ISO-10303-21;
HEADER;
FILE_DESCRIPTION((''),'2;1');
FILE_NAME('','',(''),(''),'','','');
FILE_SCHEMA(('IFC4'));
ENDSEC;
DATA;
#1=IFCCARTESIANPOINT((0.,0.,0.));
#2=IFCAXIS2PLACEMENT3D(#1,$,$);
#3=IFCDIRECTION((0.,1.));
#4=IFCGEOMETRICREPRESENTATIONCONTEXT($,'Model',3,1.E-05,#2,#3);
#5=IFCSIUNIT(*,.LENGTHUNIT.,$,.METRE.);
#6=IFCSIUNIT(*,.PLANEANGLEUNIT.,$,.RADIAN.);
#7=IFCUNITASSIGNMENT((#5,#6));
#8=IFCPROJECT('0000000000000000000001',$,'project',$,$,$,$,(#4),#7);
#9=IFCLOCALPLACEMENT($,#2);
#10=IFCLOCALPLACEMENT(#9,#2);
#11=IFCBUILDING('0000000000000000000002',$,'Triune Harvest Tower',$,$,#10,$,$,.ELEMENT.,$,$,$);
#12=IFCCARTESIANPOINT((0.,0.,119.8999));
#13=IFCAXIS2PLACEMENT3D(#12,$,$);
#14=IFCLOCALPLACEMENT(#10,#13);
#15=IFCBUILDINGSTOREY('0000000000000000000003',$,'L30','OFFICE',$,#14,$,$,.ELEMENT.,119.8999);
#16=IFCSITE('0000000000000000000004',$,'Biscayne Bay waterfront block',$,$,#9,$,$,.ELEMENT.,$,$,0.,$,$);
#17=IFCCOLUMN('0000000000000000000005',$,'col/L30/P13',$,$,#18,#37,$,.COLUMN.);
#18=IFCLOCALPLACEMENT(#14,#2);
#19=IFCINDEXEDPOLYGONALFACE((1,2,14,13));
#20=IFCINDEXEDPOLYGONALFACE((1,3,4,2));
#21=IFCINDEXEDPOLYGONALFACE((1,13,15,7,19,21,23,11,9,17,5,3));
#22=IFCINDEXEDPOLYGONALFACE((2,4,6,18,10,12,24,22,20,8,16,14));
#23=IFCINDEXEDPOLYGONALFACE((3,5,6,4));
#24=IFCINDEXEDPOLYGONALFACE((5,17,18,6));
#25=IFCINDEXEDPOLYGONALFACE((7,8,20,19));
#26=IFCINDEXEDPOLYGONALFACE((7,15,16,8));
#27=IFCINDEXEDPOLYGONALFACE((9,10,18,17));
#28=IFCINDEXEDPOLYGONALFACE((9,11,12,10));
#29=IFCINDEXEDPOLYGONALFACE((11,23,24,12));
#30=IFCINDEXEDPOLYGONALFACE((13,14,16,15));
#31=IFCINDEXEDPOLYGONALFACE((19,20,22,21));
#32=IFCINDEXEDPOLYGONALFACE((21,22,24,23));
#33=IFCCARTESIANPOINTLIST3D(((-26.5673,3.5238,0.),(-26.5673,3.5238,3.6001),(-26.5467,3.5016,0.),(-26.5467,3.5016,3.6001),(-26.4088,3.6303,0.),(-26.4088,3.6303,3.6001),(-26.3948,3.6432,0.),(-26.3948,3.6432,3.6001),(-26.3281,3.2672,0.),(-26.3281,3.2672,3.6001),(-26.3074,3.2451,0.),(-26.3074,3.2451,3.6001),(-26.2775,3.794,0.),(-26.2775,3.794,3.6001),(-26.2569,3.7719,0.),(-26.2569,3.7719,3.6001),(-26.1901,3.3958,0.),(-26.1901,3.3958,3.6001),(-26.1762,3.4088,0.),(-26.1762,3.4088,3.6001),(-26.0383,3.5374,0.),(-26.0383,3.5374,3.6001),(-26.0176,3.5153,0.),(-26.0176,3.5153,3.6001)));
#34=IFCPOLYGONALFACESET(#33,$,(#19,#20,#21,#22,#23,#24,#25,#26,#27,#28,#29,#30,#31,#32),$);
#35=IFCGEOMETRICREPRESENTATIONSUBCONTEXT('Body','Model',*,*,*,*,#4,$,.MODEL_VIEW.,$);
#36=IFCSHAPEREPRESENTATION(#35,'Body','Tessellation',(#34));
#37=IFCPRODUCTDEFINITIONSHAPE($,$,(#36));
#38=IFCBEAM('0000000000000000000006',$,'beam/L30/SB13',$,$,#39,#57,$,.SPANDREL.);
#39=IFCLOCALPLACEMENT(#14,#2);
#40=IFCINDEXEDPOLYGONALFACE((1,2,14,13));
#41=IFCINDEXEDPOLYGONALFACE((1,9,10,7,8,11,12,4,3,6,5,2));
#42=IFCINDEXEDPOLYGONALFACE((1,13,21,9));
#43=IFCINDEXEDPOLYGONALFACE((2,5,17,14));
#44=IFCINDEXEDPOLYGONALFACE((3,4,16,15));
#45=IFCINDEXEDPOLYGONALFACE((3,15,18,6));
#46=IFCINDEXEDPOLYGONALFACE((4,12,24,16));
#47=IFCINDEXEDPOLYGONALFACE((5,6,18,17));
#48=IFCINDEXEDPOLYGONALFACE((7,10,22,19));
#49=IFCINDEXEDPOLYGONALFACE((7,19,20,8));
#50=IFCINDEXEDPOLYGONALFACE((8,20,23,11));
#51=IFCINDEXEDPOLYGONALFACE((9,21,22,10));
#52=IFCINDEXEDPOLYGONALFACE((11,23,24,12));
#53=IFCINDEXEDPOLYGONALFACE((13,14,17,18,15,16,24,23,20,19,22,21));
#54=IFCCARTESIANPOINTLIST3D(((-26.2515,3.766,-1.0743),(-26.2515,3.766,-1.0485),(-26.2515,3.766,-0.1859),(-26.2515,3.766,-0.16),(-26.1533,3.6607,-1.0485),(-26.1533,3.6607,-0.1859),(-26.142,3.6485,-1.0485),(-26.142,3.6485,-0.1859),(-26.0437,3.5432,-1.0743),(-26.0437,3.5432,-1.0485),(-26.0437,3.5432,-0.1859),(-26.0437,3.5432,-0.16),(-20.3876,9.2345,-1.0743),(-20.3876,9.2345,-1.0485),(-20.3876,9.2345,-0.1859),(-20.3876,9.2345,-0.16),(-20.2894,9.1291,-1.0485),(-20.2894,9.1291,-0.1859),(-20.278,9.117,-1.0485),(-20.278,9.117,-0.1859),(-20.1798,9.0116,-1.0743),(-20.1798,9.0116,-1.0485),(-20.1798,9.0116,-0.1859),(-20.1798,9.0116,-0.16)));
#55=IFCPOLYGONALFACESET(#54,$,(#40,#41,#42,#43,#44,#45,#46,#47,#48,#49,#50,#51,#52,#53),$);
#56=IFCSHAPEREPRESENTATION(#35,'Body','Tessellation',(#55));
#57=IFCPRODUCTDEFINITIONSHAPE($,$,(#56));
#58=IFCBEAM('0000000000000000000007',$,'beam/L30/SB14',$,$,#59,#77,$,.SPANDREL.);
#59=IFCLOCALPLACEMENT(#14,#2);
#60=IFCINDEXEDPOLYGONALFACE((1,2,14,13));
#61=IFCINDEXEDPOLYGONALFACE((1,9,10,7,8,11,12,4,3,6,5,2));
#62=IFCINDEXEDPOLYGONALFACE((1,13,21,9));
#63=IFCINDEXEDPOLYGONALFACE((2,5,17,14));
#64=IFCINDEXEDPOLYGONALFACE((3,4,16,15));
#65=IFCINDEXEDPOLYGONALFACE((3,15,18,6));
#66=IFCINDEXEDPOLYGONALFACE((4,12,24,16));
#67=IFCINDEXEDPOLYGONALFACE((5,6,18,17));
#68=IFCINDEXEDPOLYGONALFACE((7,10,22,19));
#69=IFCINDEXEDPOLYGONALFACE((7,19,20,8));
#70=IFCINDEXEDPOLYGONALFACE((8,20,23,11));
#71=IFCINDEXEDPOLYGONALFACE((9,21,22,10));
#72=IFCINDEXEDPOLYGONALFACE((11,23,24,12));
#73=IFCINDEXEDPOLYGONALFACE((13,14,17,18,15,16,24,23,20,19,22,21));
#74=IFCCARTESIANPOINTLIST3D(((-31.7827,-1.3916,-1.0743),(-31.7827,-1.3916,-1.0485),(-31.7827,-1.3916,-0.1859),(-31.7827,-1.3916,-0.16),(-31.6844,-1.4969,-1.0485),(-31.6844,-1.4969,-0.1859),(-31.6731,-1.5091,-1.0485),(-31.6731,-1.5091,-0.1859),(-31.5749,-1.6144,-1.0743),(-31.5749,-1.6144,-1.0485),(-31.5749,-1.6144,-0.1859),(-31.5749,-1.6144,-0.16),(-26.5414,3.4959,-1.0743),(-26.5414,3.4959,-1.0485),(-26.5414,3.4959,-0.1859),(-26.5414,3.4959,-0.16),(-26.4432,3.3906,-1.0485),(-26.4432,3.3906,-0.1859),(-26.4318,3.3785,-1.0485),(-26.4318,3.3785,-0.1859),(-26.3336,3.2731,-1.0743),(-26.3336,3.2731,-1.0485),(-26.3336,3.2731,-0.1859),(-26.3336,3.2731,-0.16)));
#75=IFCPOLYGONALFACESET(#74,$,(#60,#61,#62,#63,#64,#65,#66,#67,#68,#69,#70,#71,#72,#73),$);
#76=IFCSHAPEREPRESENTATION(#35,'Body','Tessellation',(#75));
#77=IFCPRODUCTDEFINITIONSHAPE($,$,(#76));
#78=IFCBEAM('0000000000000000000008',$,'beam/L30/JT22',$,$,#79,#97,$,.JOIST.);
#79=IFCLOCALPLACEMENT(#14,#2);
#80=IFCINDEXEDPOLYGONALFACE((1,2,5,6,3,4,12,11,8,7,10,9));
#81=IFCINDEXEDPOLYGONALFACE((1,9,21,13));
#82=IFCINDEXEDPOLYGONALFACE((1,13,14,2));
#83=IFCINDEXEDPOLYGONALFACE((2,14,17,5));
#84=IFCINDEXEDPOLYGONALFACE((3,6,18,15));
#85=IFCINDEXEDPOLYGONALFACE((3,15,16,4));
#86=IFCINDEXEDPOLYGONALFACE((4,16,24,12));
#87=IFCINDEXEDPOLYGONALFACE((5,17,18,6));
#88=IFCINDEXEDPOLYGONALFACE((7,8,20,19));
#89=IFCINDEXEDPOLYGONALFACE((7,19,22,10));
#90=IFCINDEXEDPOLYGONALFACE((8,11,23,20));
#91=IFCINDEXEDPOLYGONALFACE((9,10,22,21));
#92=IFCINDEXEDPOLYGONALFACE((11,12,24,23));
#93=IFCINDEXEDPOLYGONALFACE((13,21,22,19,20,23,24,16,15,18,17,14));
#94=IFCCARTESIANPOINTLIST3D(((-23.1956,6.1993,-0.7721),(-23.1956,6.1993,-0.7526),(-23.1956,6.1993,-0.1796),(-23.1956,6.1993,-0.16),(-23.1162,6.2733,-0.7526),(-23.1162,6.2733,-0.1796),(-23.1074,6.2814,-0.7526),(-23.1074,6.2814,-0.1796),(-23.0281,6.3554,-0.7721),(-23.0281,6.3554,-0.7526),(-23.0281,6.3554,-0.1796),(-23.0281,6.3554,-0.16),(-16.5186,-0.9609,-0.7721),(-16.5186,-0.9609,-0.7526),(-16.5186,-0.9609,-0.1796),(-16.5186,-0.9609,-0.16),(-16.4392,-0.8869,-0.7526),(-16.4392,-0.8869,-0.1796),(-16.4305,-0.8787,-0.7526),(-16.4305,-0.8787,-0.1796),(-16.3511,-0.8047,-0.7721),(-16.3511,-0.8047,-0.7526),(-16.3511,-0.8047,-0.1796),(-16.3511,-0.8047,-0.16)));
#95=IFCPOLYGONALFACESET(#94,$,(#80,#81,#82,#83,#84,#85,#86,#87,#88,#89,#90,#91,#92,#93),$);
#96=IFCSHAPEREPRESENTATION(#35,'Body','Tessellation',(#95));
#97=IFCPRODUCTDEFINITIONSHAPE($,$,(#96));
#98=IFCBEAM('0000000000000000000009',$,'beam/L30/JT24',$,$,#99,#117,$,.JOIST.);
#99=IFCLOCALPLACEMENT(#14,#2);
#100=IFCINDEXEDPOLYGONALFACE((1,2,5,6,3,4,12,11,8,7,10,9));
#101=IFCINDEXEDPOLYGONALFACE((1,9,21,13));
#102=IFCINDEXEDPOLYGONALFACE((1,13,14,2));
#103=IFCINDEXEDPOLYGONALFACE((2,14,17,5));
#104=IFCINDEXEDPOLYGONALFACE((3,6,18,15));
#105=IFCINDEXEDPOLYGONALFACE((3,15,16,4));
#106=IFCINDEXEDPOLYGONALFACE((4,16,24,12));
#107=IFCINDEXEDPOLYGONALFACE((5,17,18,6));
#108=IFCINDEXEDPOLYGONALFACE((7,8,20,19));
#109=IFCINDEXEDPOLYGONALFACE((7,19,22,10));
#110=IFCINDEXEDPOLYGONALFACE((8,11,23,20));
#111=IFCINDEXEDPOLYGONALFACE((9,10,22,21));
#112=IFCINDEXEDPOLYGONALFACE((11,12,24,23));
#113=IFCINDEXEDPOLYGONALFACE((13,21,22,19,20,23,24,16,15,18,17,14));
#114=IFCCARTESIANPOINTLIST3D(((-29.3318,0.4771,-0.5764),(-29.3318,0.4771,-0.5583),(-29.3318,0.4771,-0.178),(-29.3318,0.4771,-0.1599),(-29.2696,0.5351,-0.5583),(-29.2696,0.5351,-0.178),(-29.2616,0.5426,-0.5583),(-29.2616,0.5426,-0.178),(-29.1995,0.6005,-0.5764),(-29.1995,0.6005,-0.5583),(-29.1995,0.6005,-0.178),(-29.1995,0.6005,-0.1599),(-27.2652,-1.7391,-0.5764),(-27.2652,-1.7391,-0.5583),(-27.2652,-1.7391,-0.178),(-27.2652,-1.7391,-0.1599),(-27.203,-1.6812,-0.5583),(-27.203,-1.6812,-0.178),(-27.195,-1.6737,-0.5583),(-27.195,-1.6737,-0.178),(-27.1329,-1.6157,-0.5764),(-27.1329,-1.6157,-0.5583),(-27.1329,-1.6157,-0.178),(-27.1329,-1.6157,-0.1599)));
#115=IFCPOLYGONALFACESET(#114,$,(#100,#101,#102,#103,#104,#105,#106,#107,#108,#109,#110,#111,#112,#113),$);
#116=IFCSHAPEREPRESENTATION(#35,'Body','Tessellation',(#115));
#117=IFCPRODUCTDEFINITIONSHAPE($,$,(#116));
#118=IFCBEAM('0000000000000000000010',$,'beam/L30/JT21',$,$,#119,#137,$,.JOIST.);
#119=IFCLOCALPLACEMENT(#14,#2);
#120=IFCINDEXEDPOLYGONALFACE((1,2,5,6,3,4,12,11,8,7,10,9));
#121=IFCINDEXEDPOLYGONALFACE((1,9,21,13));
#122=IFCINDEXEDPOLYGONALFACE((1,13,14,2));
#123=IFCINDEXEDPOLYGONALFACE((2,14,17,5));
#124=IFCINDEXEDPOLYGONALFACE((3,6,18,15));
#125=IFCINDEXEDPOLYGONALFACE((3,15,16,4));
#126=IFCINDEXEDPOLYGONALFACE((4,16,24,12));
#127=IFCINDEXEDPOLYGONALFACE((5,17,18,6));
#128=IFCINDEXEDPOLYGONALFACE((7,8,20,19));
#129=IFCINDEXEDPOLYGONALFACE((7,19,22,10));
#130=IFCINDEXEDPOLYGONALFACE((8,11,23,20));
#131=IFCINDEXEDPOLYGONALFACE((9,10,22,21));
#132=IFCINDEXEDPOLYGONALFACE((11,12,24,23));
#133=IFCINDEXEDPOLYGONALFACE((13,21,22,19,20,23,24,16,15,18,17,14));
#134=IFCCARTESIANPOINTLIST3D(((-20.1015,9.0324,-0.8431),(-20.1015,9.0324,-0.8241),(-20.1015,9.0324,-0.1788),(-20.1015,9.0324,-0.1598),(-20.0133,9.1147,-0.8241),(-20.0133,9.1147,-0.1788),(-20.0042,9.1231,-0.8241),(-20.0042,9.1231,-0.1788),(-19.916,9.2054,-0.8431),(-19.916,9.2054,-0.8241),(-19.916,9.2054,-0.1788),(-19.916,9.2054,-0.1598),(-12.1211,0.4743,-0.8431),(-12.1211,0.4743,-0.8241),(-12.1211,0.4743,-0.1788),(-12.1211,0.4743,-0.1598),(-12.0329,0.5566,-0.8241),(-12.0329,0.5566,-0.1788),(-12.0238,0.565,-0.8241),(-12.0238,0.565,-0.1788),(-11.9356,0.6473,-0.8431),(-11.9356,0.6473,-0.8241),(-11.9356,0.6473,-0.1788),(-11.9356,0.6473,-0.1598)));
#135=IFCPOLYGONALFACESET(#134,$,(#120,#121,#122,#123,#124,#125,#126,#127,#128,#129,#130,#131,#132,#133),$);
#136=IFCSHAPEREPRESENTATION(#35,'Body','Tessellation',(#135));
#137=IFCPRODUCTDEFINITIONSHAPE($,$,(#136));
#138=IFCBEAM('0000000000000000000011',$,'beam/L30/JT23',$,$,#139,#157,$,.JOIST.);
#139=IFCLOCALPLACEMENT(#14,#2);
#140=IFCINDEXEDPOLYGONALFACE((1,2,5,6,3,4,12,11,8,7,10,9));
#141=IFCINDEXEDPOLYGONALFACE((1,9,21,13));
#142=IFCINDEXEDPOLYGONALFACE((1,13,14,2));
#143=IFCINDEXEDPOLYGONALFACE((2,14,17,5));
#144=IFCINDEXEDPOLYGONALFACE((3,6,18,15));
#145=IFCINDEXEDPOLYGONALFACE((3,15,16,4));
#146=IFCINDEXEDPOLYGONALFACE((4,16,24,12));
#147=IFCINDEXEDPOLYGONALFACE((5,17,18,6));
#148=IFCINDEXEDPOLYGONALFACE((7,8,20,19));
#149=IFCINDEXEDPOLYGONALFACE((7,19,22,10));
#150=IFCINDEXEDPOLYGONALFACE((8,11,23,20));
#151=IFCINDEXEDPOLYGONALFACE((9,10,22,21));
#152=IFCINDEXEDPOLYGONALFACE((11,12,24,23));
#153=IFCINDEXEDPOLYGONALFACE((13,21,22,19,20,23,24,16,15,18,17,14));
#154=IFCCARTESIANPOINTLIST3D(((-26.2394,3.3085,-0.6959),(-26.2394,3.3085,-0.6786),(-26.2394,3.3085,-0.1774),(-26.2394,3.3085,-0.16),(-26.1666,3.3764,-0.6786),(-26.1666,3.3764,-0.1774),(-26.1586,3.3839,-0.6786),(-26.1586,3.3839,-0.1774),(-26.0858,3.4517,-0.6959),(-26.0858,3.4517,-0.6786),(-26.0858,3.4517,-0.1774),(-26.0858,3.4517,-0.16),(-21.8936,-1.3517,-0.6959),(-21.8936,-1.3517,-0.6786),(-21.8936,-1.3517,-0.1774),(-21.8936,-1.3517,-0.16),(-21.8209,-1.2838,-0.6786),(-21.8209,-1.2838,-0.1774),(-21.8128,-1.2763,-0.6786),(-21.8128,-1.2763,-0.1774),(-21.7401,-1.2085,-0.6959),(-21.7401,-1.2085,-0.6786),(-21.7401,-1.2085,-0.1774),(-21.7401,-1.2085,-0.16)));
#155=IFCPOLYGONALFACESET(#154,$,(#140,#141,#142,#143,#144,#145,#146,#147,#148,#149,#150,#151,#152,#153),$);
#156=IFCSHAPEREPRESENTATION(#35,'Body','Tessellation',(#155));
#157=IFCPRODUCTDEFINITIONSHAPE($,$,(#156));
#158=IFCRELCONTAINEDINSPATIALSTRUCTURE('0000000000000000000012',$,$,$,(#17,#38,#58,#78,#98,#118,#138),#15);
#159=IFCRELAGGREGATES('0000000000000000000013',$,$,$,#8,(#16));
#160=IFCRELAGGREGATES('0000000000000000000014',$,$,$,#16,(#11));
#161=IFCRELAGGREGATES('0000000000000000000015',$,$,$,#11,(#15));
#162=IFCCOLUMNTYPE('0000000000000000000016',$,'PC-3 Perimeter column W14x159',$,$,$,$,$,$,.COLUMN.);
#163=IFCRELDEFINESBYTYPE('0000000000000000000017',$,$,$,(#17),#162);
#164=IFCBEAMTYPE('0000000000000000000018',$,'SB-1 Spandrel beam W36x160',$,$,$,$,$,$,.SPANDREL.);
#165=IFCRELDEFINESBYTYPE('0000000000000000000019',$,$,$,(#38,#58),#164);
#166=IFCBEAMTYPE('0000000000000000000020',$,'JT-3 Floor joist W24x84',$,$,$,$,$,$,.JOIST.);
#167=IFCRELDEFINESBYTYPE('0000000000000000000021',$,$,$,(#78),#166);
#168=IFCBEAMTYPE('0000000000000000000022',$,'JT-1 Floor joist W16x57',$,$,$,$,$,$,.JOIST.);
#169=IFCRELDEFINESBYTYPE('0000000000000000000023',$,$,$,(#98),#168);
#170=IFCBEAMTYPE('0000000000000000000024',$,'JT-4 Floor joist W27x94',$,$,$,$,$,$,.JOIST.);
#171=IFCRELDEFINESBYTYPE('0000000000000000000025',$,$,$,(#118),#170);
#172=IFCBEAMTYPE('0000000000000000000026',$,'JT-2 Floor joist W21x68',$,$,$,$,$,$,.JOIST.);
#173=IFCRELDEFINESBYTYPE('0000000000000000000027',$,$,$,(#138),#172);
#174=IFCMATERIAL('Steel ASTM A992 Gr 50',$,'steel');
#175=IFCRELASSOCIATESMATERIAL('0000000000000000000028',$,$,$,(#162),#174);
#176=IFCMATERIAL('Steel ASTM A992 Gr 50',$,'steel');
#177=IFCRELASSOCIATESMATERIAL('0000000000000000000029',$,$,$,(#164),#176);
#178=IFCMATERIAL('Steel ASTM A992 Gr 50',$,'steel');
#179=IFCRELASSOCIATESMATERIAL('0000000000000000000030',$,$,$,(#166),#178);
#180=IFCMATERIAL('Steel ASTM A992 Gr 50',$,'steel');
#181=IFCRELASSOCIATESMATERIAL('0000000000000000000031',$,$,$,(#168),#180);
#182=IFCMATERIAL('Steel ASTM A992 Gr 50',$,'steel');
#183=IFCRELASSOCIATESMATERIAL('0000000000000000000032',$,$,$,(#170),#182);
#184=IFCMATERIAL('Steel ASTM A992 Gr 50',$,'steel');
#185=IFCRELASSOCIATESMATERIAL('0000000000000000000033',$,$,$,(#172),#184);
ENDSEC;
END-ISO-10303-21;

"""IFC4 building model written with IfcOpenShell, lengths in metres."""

from ifc_helpers import new_model, si_unit, direction, frame, origin, origin_2d, place, context, subcontext, project, spatial, i_section, extrude, source, transform, mapped, material, material_profile, profile_set, type_object, element, save


model = new_model("IFC4")

# Units and contexts
model_context = context("Model", 3, precision=1e-05, world=origin(), true_north=direction((0.0, 1.0)))
body_context = subcontext(model_context, "Body", "Model", "MODEL_VIEW")
ifc_project = project(units=[si_unit("LENGTHUNIT", "METRE"), si_unit("PLANEANGLEUNIT", "RADIAN")], contexts=[model_context])

# Site, building, storey
site_placement = place(None, origin())
site = spatial("IfcSite", under=ifc_project, at=site_placement, Name="Biscayne Bay waterfront block", CompositionType="ELEMENT", RefElevation=0.0)
building_placement = place(site_placement, origin())
building = spatial("IfcBuilding", under=site, at=building_placement, Name="Triune Harvest Tower", CompositionType="ELEMENT")
storey_placement = place(building_placement, frame((0.0, 0.0, 119.8999)))
storey = spatial("IfcBuildingStorey", under=building, at=storey_placement, Name="L30", Description="OFFICE", CompositionType="ELEMENT", Elevation=119.8999)

# Column
ifc_material_1 = material(Name="Steel ASTM A992 Gr 50", Category="steel")
ifc_material_profile_1 = material_profile(ifc_material_1, i_section(OverallWidth=0.3962, OverallDepth=0.3811, WebThickness=0.019, FlangeThickness=0.0303, at=origin_2d()), Name="W14x159")
ifc_profile_set_1 = profile_set([ifc_material_profile_1], Name="Steel ASTM A992 Gr 50")
column_type = type_object("IfcColumnType", Name="PC-3 Perimeter column W14x159", PredefinedType="COLUMN", material=ifc_profile_set_1)
shared_shape_1 = source(origin(), body_context, "Body", "SweptSolid", [
    extrude(i_section(OverallWidth=0.3962, OverallDepth=0.3811, WebThickness=0.019, FlangeThickness=0.0303, at=origin_2d()), origin(), (0.0, 0.0, 1.0), 3.6001),
])
column_placement = place(storey_placement, frame((-26.2925, 3.5195, 0.0), z_axis=(0.0, 0.0, 1.0), x_axis=(-0.731355, -0.681997, 0.0)))
element("IfcColumn", 1, at=column_placement, inside=storey, type_object=column_type, Name="col/L30/P13", PredefinedType="COLUMN", context=body_context, shape_type="MappedRepresentation", body=[
    mapped(shared_shape_1, transform((0.0, 0.0, 0.0), scale=1.0)),
])

# Beams
ifc_material_2 = material(Name="Steel ASTM A992 Gr 50", Category="steel")
ifc_material_profile_2 = material_profile(ifc_material_2, i_section(OverallWidth=0.3047, OverallDepth=0.9143, WebThickness=0.0166, FlangeThickness=0.0259, at=origin_2d()), Name="W36x160")
ifc_profile_set_2 = profile_set([ifc_material_profile_2], Name="Steel ASTM A992 Gr 50")
beam_type_1 = type_object("IfcBeamType", Name="SB-1 Spandrel beam W36x160", PredefinedType="SPANDREL", material=ifc_profile_set_2)
shared_shape_2 = source(origin(), body_context, "Body", "SweptSolid", [
    extrude(i_section(OverallWidth=0.3047, OverallDepth=0.9143, WebThickness=0.0166, FlangeThickness=0.0259, at=origin_2d()), origin(), (0.0, 0.0, 1.0), 8.0181),
])
beam_1_placement = place(storey_placement, frame((-20.2837, 9.123, -0.6172), z_axis=(-0.73134, -0.682013, 0.0), x_axis=(0.682013, -0.73134, 0.0)))
element("IfcBeam", 2, at=beam_1_placement, inside=storey, type_object=beam_type_1, Name="beam/L30/SB13", PredefinedType="SPANDREL", context=body_context, shape_type="MappedRepresentation", body=[
    mapped(shared_shape_2, transform((0.0, 0.0, 0.0), scale=1.0)),
])
shared_shape_3 = source(origin(), body_context, "Body", "SweptSolid", [
    extrude(i_section(OverallWidth=0.3047, OverallDepth=0.9143, WebThickness=0.0166, FlangeThickness=0.0259, at=origin_2d()), origin(), (0.0, 0.0, 1.0), 7.1665),
])
beam_2_placement = place(storey_placement, frame((-26.4375, 3.3845, -0.6172), z_axis=(-0.731358, -0.681994, 0.0), x_axis=(0.681994, -0.731358, 0.0)))
element("IfcBeam", 3, at=beam_2_placement, inside=storey, type_object=beam_type_1, Name="beam/L30/SB14", PredefinedType="SPANDREL", context=body_context, shape_type="MappedRepresentation", body=[
    mapped(shared_shape_3, transform((0.0, 0.0, 0.0), scale=1.0)),
])
ifc_material_3 = material(Name="Steel ASTM A992 Gr 50", Category="steel")
ifc_material_profile_3 = material_profile(ifc_material_3, i_section(OverallWidth=0.229, OverallDepth=0.6121, WebThickness=0.012, FlangeThickness=0.0195, at=origin_2d()), Name="W24x84")
ifc_profile_set_3 = profile_set([ifc_material_profile_3], Name="Steel ASTM A992 Gr 50")
beam_type_2 = type_object("IfcBeamType", Name="JT-3 Floor joist W24x84", PredefinedType="JOIST", material=ifc_profile_set_3)
shared_shape_4 = source(origin(), body_context, "Body", "SweptSolid", [
    extrude(i_section(OverallWidth=0.229, OverallDepth=0.6121, WebThickness=0.012, FlangeThickness=0.0195, at=origin_2d()), origin(), (0.0, 0.0, 1.0), 9.7903),
])
beam_3_placement = place(storey_placement, frame((-23.1118, 6.2773, -0.4661), z_axis=(0.682001, -0.731351, 0.0), x_axis=(0.731351, 0.682001, 0.0)))
element("IfcBeam", 4, at=beam_3_placement, inside=storey, type_object=beam_type_2, Name="beam/L30/JT22", PredefinedType="JOIST", context=body_context, shape_type="MappedRepresentation", body=[
    mapped(shared_shape_4, transform((0.0, 0.0, 0.0), scale=1.0)),
])
ifc_material_4 = material(Name="Steel ASTM A992 Gr 50", Category="steel")
ifc_material_profile_4 = material_profile(ifc_material_4, i_section(OverallWidth=0.1809, OverallDepth=0.4165, WebThickness=0.011, FlangeThickness=0.0181, at=origin_2d()), Name="W16x57")
ifc_profile_set_4 = profile_set([ifc_material_profile_4], Name="Steel ASTM A992 Gr 50")
beam_type_3 = type_object("IfcBeamType", Name="JT-1 Floor joist W16x57", PredefinedType="JOIST", material=ifc_profile_set_4)
shared_shape_5 = source(origin(), body_context, "Body", "SweptSolid", [
    extrude(i_section(OverallWidth=0.1809, OverallDepth=0.4165, WebThickness=0.011, FlangeThickness=0.0181, at=origin_2d()), origin(), (0.0, 0.0, 1.0), 3.0303),
])
beam_4_placement = place(storey_placement, frame((-29.2656, 0.5388, -0.3682), z_axis=(0.681982, -0.731369, 0.0), x_axis=(0.731369, 0.681982, 0.0)))
element("IfcBeam", 5, at=beam_4_placement, inside=storey, type_object=beam_type_3, Name="beam/L30/JT24", PredefinedType="JOIST", context=body_context, shape_type="MappedRepresentation", body=[
    mapped(shared_shape_5, transform((0.0, 0.0, 0.0), scale=1.0)),
])
ifc_material_5 = material(Name="Steel ASTM A992 Gr 50", Category="steel")
ifc_material_profile_5 = material_profile(ifc_material_5, i_section(OverallWidth=0.2537, OverallDepth=0.6833, WebThickness=0.0125, FlangeThickness=0.019, at=origin_2d()), Name="W27x94")
ifc_profile_set_5 = profile_set([ifc_material_profile_5], Name="Steel ASTM A992 Gr 50")
beam_type_4 = type_object("IfcBeamType", Name="JT-4 Floor joist W27x94", PredefinedType="JOIST", material=ifc_profile_set_5)
shared_shape_6 = source(origin(), body_context, "Body", "SweptSolid", [
    extrude(i_section(OverallWidth=0.2537, OverallDepth=0.6833, WebThickness=0.0125, FlangeThickness=0.019, at=origin_2d()), origin(), (0.0, 0.0, 1.0), 11.7017),
])
beam_5_placement = place(storey_placement, frame((-20.0088, 9.1189, -0.5015), z_axis=(0.681994, -0.731358, 0.0), x_axis=(0.731358, 0.681994, 0.0)))
element("IfcBeam", 6, at=beam_5_placement, inside=storey, type_object=beam_type_4, Name="beam/L30/JT21", PredefinedType="JOIST", context=body_context, shape_type="MappedRepresentation", body=[
    mapped(shared_shape_6, transform((0.0, 0.0, 0.0), scale=1.0)),
])
ifc_material_6 = material(Name="Steel ASTM A992 Gr 50", Category="steel")
ifc_material_profile_6 = material_profile(ifc_material_6, i_section(OverallWidth=0.21, OverallDepth=0.5359, WebThickness=0.011, FlangeThickness=0.0173, at=origin_2d()), Name="W21x68")
ifc_profile_set_6 = profile_set([ifc_material_profile_6], Name="Steel ASTM A992 Gr 50")
beam_type_5 = type_object("IfcBeamType", Name="JT-2 Floor joist W21x68", PredefinedType="JOIST", material=ifc_profile_set_6)
shared_shape_7 = source(origin(), body_context, "Body", "SweptSolid", [
    extrude(i_section(OverallWidth=0.21, OverallDepth=0.5359, WebThickness=0.011, FlangeThickness=0.0173, at=origin_2d()), origin(), (0.0, 0.0, 1.0), 6.3721),
])
beam_6_placement = place(storey_placement, frame((-26.1626, 3.3801, -0.428), z_axis=(0.682001, -0.731351, 0.0), x_axis=(0.731351, 0.682001, 0.0)))
element("IfcBeam", 7, at=beam_6_placement, inside=storey, type_object=beam_type_5, Name="beam/L30/JT23", PredefinedType="JOIST", context=body_context, shape_type="MappedRepresentation", body=[
    mapped(shared_shape_7, transform((0.0, 0.0, 0.0), scale=1.0)),
])

save(model, "model.ifc")
